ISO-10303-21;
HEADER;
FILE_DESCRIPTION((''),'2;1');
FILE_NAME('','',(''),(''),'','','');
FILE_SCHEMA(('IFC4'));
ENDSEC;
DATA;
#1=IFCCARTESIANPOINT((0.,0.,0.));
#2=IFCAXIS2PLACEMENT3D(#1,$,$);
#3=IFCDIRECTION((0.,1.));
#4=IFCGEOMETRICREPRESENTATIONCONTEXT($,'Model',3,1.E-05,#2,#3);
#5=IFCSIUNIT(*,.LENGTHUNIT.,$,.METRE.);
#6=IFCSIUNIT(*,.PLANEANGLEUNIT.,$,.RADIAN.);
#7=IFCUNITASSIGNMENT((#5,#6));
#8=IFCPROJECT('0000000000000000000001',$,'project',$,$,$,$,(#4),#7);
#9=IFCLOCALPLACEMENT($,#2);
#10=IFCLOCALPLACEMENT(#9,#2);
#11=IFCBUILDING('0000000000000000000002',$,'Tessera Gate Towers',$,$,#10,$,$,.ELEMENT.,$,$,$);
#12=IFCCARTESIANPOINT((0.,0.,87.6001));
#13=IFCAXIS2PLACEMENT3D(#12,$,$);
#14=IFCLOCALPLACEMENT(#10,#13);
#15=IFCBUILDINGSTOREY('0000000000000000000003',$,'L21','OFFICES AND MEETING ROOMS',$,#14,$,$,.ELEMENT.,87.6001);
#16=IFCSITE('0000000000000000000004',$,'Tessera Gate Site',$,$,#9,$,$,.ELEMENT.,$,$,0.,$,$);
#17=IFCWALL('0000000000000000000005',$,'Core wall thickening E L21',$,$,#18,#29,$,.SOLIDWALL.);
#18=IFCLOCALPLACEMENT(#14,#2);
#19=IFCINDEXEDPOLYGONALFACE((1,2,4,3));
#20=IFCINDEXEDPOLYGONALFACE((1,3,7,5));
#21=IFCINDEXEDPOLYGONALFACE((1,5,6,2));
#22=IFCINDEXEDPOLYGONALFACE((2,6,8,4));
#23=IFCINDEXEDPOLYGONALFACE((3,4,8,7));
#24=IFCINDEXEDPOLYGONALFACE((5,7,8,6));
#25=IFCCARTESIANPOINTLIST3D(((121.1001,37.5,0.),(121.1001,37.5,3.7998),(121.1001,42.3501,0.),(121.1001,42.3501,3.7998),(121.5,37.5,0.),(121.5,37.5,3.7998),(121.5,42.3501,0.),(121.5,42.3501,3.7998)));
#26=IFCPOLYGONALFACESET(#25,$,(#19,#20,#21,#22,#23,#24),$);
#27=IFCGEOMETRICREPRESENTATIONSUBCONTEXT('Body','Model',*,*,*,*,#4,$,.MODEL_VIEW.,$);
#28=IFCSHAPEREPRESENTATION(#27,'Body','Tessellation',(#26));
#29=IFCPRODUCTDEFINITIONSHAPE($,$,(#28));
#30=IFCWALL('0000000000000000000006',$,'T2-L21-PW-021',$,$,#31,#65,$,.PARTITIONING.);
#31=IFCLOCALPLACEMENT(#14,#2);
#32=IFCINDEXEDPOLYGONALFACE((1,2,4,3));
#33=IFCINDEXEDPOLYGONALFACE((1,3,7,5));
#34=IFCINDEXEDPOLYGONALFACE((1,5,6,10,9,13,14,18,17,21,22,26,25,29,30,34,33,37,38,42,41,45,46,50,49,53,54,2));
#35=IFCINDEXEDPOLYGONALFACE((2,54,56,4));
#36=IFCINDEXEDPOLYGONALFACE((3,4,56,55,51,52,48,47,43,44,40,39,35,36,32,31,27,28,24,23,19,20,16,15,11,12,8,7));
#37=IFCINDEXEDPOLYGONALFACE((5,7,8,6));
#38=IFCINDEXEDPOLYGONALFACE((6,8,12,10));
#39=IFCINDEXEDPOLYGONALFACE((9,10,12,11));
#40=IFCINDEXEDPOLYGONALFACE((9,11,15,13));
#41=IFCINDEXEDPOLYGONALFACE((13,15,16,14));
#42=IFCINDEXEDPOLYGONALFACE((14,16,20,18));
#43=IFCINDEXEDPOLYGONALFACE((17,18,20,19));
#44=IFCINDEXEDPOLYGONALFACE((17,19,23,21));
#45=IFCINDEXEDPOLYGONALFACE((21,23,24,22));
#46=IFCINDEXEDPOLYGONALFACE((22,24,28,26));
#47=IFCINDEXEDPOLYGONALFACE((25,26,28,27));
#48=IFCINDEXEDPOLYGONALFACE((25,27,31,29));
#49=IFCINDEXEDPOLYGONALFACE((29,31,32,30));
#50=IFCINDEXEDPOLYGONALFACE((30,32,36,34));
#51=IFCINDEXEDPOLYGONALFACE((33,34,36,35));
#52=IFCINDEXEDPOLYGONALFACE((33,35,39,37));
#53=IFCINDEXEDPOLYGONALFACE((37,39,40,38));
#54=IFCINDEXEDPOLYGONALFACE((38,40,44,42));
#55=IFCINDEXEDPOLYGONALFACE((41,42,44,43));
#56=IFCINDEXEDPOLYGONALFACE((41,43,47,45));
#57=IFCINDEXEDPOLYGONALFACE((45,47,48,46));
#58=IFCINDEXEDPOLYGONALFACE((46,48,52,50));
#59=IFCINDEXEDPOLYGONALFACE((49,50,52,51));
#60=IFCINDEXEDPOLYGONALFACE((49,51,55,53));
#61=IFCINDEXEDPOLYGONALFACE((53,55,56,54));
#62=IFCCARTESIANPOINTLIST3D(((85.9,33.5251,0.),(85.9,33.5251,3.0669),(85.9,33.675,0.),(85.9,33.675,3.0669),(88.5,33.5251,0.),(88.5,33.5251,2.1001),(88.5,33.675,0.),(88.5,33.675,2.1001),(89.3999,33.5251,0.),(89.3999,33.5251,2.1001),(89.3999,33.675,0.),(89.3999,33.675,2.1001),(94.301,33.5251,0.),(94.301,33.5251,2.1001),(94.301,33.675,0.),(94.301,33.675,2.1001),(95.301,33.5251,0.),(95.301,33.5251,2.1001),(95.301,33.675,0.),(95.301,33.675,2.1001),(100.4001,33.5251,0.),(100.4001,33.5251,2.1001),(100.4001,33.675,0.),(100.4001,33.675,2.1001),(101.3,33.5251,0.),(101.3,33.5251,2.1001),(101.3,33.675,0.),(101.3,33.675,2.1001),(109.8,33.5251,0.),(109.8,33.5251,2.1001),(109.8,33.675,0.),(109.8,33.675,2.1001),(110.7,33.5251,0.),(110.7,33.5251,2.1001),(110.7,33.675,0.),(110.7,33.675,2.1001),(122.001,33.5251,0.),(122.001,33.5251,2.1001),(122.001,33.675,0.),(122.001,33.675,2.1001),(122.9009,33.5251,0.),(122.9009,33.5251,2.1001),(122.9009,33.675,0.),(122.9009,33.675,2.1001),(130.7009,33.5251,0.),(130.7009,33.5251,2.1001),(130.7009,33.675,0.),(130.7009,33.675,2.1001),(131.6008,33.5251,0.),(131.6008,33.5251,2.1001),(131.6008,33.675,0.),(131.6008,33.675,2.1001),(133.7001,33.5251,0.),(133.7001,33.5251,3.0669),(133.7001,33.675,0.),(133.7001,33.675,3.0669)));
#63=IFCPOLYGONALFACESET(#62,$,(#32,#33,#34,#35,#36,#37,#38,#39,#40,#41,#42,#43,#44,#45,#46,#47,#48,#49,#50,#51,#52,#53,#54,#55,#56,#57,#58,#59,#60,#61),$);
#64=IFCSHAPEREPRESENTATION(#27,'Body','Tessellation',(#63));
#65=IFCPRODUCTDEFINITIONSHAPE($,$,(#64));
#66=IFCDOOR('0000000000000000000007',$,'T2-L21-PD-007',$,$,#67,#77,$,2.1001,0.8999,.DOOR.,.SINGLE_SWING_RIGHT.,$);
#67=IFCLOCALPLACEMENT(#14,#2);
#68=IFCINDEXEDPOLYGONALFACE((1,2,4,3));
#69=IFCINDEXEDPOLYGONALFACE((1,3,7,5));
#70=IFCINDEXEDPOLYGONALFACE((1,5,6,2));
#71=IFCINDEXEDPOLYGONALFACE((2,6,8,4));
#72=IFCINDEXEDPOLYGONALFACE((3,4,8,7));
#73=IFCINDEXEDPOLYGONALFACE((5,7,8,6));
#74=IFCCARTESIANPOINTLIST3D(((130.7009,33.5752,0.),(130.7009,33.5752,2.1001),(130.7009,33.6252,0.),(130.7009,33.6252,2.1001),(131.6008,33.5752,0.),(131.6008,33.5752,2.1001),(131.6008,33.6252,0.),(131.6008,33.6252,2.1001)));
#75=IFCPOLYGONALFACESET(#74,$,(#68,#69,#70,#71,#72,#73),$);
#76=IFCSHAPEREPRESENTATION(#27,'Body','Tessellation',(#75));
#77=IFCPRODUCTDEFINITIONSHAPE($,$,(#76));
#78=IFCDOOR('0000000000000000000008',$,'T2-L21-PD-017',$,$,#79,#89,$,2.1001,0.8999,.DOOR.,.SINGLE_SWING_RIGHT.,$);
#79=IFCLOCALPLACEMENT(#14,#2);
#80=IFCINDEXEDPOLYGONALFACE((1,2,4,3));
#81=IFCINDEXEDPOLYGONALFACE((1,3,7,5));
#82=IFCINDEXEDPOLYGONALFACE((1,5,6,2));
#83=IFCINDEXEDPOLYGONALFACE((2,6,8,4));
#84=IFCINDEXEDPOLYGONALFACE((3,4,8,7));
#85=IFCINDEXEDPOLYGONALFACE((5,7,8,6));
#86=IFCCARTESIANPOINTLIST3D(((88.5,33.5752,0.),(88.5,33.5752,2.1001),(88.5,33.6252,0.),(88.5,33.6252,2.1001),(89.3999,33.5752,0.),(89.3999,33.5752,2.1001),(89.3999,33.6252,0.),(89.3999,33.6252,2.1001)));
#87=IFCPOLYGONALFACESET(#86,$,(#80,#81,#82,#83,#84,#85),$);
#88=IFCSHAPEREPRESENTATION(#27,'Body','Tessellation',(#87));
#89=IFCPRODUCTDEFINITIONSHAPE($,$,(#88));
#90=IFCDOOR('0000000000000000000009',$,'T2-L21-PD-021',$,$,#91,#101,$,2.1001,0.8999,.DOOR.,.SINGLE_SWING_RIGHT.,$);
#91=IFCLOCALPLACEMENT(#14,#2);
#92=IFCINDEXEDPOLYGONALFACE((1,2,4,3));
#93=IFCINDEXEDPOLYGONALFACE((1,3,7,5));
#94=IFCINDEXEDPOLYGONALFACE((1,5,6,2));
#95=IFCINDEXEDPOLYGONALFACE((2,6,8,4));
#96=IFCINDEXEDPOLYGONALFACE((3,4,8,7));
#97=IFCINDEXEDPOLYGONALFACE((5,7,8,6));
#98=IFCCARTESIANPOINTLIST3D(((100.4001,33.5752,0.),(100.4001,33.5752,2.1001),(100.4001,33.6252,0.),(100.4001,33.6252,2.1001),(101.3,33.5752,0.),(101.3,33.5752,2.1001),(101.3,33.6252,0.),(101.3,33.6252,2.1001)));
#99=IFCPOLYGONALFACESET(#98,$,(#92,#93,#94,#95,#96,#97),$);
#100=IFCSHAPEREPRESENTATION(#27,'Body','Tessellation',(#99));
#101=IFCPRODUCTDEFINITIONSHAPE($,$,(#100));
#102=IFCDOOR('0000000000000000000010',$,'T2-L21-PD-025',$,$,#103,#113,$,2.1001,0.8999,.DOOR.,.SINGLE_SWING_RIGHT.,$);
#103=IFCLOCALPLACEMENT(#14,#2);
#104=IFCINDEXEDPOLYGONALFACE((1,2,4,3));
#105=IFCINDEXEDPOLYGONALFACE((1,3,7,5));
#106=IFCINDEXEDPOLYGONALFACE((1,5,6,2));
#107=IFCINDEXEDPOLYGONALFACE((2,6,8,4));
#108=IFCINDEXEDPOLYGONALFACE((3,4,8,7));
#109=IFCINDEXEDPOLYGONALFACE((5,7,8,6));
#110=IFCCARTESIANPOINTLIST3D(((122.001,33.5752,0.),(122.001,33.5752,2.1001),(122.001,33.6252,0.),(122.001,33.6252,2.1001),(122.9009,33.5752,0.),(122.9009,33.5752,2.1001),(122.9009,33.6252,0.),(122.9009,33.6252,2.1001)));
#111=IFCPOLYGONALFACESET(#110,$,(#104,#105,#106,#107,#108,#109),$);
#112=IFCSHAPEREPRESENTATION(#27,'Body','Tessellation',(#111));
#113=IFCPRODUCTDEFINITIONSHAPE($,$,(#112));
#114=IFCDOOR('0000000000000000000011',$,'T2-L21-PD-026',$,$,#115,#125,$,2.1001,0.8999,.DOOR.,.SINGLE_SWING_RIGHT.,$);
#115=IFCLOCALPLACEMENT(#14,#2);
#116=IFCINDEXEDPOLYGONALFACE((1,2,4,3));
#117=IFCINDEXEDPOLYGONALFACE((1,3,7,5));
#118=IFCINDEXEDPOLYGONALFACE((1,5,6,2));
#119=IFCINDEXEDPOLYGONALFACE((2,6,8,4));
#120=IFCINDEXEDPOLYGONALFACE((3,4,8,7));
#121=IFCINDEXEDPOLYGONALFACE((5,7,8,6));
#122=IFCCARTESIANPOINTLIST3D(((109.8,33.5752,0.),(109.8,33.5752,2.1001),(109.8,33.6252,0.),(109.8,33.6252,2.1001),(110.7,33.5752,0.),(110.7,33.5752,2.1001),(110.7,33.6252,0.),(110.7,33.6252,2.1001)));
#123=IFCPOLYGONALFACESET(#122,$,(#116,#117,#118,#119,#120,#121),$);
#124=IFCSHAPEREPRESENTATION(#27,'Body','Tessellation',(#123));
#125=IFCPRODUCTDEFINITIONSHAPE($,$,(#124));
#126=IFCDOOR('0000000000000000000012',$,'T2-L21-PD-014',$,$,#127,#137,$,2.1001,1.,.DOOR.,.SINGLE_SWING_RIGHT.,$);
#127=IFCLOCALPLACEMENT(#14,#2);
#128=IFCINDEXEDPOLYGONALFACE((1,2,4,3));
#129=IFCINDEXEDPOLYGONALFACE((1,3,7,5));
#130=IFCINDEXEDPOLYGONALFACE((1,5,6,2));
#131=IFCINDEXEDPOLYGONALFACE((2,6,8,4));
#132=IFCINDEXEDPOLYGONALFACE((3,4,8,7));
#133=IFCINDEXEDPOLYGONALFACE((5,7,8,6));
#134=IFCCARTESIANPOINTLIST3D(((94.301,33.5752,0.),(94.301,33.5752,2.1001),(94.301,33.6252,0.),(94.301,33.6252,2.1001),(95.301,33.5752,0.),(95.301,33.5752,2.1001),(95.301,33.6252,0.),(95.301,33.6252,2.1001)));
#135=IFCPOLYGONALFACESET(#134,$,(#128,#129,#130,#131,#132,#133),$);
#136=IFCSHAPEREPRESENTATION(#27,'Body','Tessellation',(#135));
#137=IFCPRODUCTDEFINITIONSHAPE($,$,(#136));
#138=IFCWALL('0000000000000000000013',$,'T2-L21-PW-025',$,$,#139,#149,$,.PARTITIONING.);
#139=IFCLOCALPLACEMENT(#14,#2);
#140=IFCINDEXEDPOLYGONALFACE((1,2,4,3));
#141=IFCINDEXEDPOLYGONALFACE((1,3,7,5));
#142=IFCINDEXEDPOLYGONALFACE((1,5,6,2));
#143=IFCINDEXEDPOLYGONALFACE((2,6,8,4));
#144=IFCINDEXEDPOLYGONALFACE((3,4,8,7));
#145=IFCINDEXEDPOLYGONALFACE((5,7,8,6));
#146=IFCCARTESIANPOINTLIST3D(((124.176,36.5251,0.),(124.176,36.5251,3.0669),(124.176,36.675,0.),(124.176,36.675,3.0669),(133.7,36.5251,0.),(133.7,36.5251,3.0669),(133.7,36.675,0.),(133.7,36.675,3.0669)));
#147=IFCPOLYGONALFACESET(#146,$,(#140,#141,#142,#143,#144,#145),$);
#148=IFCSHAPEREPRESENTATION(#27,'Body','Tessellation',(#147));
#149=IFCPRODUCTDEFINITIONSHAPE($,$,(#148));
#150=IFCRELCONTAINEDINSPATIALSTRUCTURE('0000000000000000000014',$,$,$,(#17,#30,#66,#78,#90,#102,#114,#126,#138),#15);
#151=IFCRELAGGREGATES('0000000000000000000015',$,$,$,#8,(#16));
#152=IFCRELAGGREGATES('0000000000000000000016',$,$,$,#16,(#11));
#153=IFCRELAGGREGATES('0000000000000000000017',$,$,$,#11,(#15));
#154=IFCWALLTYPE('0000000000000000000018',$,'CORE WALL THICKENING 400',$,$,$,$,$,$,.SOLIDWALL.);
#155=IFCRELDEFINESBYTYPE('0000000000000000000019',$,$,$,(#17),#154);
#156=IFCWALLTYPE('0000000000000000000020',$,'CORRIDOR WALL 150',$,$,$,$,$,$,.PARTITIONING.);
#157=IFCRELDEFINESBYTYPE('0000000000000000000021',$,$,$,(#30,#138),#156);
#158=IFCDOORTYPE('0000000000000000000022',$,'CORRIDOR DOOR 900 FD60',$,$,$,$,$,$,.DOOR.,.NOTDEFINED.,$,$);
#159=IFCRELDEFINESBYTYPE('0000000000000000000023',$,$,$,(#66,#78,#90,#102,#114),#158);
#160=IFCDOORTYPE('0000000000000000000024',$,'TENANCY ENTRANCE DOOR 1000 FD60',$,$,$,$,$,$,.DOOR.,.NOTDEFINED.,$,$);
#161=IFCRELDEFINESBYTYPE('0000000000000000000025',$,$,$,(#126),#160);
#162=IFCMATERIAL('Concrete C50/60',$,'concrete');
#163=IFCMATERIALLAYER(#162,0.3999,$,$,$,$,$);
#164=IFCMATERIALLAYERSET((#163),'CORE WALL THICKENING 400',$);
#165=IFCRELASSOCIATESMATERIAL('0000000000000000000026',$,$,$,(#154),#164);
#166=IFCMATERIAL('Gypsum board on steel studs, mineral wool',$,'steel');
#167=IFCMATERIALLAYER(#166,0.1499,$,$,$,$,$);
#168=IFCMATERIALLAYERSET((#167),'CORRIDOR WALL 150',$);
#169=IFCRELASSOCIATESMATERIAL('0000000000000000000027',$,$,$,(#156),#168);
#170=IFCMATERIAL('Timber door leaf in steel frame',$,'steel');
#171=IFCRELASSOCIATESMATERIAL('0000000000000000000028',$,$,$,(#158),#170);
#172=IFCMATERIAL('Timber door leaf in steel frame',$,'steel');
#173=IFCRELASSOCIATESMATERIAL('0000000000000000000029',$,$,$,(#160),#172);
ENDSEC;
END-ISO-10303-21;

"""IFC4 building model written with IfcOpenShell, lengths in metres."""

from ifc_helpers import new_model, si_unit, direction, frame, frame_2d, origin, place, context, subcontext, project, spatial, rectangle, extrude, source, transform, mapped, material, layer, layer_set, type_object, element, fill, save


model = new_model("IFC4")

# Units and contexts
model_context = context("Model", 3, precision=1e-05, world=origin(), true_north=direction((0.0, 1.0)))
body_context = subcontext(model_context, "Body", "Model", "MODEL_VIEW")
ifc_project = project(units=[si_unit("LENGTHUNIT", "METRE"), si_unit("PLANEANGLEUNIT", "RADIAN")], contexts=[model_context])

# Site, building, storey
site_placement = place(None, origin())
site = spatial("IfcSite", under=ifc_project, at=site_placement, Name="Tessera Gate Site", CompositionType="ELEMENT", RefElevation=0.0)
building_placement = place(site_placement, origin())
building = spatial("IfcBuilding", under=site, at=building_placement, Name="Tessera Gate Towers", CompositionType="ELEMENT")
storey_placement = place(building_placement, frame((0.0, 0.0, 87.6001)))
storey = spatial("IfcBuildingStorey", under=building, at=storey_placement, Name="L21", Description="OFFICES AND MEETING ROOMS", CompositionType="ELEMENT", Elevation=87.6001)

# Wall
ifc_material_1 = material(Name="Concrete C50/60", Category="concrete")
ifc_layer_1 = layer(ifc_material_1, 0.3999)
ifc_layer_set_1 = layer_set([ifc_layer_1], Name="CORE WALL THICKENING 400")
wall_type_1 = type_object("IfcWallType", Name="CORE WALL THICKENING 400", PredefinedType="SOLIDWALL", material=ifc_layer_set_1)
wall_1_placement = place(storey_placement, frame((121.3, 37.5, 0.0), z_axis=(0.0, 0.0, 1.0), x_axis=(0.0, 1.0, 0.0)))
element("IfcWall", 1, at=wall_1_placement, inside=storey, type_object=wall_type_1, Name="Core wall thickening E L21", PredefinedType="SOLIDWALL", context=body_context, shape_type="SweptSolid", body=[
    extrude(rectangle(XDim=4.8501, YDim=0.3999, at=frame_2d((2.425, 0.0))), origin(), (0.0, 0.0, 1.0), 3.7998),
])

# Wall, openings, doors
ifc_material_2 = material(Name="Gypsum board on steel studs, mineral wool", Category="steel")
ifc_layer_2 = layer(ifc_material_2, 0.1499)
ifc_layer_set_2 = layer_set([ifc_layer_2], Name="CORRIDOR WALL 150")
wall_type_2 = type_object("IfcWallType", Name="CORRIDOR WALL 150", PredefinedType="PARTITIONING", material=ifc_layer_set_2)
wall_2_placement = place(storey_placement, frame((133.7, 33.6001, 0.0), z_axis=(0.0, 0.0, 1.0), x_axis=(-1.0, 0.0, 0.0)))
wall_2 = element("IfcWall", 2, at=wall_2_placement, inside=storey, type_object=wall_type_2, Name="T2-L21-PW-021", PredefinedType="PARTITIONING", context=body_context, shape_type="SweptSolid", body=[
    extrude(rectangle(XDim=47.8, YDim=0.1499, at=frame_2d((23.8999, 0.0))), origin(), (0.0, 0.0, 1.0), 3.0669),
])
shared_shape_1 = source(origin(), body_context, "Body", "SweptSolid", [
    extrude(rectangle(XDim=0.8999, YDim=2.1001, at=frame_2d((0.45, 1.05))), frame((0.0, 0.085, 0.0), z_axis=(0.0, -1.0, 0.0), x_axis=(1.0, 0.0, 0.0)), (0.0, 0.0, 1.0), 0.1699),
])
opening_1_placement = place(wall_2_placement, frame((2.0991, 0.0, 0.0)))
opening_1 = element("IfcOpeningElement", 3, at=opening_1_placement, cuts=wall_2, PredefinedType="OPENING", context=body_context, shape_type="MappedRepresentation", body=[
    mapped(shared_shape_1, transform((0.0, 0.0, 0.0), scale=1.0)),
])
shared_shape_2 = source(origin(), body_context, "Body", "SweptSolid", [
    extrude(rectangle(XDim=1.0, YDim=2.1001, at=frame_2d((0.5, 1.05))), frame((0.0, 0.085, 0.0), z_axis=(0.0, -1.0, 0.0), x_axis=(1.0, 0.0, 0.0)), (0.0, 0.0, 1.0), 0.1699),
])
opening_2_placement = place(wall_2_placement, frame((38.3989, 0.0, 0.0)))
opening_2 = element("IfcOpeningElement", 4, at=opening_2_placement, cuts=wall_2, PredefinedType="OPENING", context=body_context, shape_type="MappedRepresentation", body=[
    mapped(shared_shape_2, transform((0.0, 0.0, 0.0), scale=1.0)),
])
opening_3_placement = place(wall_2_placement, frame((44.3, 0.0, 0.0)))
opening_3 = element("IfcOpeningElement", 5, at=opening_3_placement, cuts=wall_2, PredefinedType="OPENING", context=body_context, shape_type="MappedRepresentation", body=[
    mapped(shared_shape_1, transform((0.0, 0.0, 0.0), scale=1.0)),
])
opening_4_placement = place(wall_2_placement, frame((32.3999, 0.0, 0.0)))
opening_4 = element("IfcOpeningElement", 6, at=opening_4_placement, cuts=wall_2, PredefinedType="OPENING", context=body_context, shape_type="MappedRepresentation", body=[
    mapped(shared_shape_1, transform((0.0, 0.0, 0.0), scale=1.0)),
])
opening_5_placement = place(wall_2_placement, frame((10.7991, 0.0, 0.0)))
opening_5 = element("IfcOpeningElement", 7, at=opening_5_placement, cuts=wall_2, PredefinedType="OPENING", context=body_context, shape_type="MappedRepresentation", body=[
    mapped(shared_shape_1, transform((0.0, 0.0, 0.0), scale=1.0)),
])
opening_6_placement = place(wall_2_placement, frame((23.0, 0.0, 0.0)))
opening_6 = element("IfcOpeningElement", 8, at=opening_6_placement, cuts=wall_2, PredefinedType="OPENING", context=body_context, shape_type="MappedRepresentation", body=[
    mapped(shared_shape_1, transform((0.0, 0.0, 0.0), scale=1.0)),
])
ifc_material_3 = material(Name="Timber door leaf in steel frame", Category="steel")
door_type_1 = type_object("IfcDoorType", Name="CORRIDOR DOOR 900 FD60", OperationType="NOTDEFINED", PredefinedType="DOOR", material=ifc_material_3)
shared_shape_3 = source(origin(), body_context, "Body", "SweptSolid", [
    extrude(rectangle(XDim=0.8999, YDim=2.1001, at=frame_2d((0.45, 1.05))), frame((0.0, 0.0249, 0.0), z_axis=(0.0, -1.0, 0.0), x_axis=(1.0, 0.0, 0.0)), (0.0, 0.0, 1.0), 0.05),
])
door_1_placement = place(opening_1_placement, origin())
door_1 = element("IfcDoor", 9, at=door_1_placement, inside=storey, type_object=door_type_1, Name="T2-L21-PD-007", OperationType="SINGLE_SWING_RIGHT", OverallHeight=2.1001, OverallWidth=0.8999, PredefinedType="DOOR", context=body_context, shape_type="MappedRepresentation", body=[
    mapped(shared_shape_3, transform((0.0, 0.0, 0.0), scale=1.0)),
])
fill(opening_1, door_1)
door_2_placement = place(opening_3_placement, origin())
door_2 = element("IfcDoor", 10, at=door_2_placement, inside=storey, type_object=door_type_1, Name="T2-L21-PD-017", OperationType="SINGLE_SWING_RIGHT", OverallHeight=2.1001, OverallWidth=0.8999, PredefinedType="DOOR", context=body_context, shape_type="MappedRepresentation", body=[
    mapped(shared_shape_3, transform((0.0, 0.0, 0.0), scale=1.0)),
])
fill(opening_3, door_2)
door_3_placement = place(opening_4_placement, origin())
door_3 = element("IfcDoor", 11, at=door_3_placement, inside=storey, type_object=door_type_1, Name="T2-L21-PD-021", OperationType="SINGLE_SWING_RIGHT", OverallHeight=2.1001, OverallWidth=0.8999, PredefinedType="DOOR", context=body_context, shape_type="MappedRepresentation", body=[
    mapped(shared_shape_3, transform((0.0, 0.0, 0.0), scale=1.0)),
])
fill(opening_4, door_3)
door_4_placement = place(opening_5_placement, origin())
door_4 = element("IfcDoor", 12, at=door_4_placement, inside=storey, type_object=door_type_1, Name="T2-L21-PD-025", OperationType="SINGLE_SWING_RIGHT", OverallHeight=2.1001, OverallWidth=0.8999, PredefinedType="DOOR", context=body_context, shape_type="MappedRepresentation", body=[
    mapped(shared_shape_3, transform((0.0, 0.0, 0.0), scale=1.0)),
])
fill(opening_5, door_4)
door_5_placement = place(opening_6_placement, origin())
door_5 = element("IfcDoor", 13, at=door_5_placement, inside=storey, type_object=door_type_1, Name="T2-L21-PD-026", OperationType="SINGLE_SWING_RIGHT", OverallHeight=2.1001, OverallWidth=0.8999, PredefinedType="DOOR", context=body_context, shape_type="MappedRepresentation", body=[
    mapped(shared_shape_3, transform((0.0, 0.0, 0.0), scale=1.0)),
])
fill(opening_6, door_5)
ifc_material_4 = material(Name="Timber door leaf in steel frame", Category="steel")
door_type_2 = type_object("IfcDoorType", Name="TENANCY ENTRANCE DOOR 1000 FD60", OperationType="NOTDEFINED", PredefinedType="DOOR", material=ifc_material_4)
shared_shape_4 = source(origin(), body_context, "Body", "SweptSolid", [
    extrude(rectangle(XDim=1.0, YDim=2.1001, at=frame_2d((0.5, 1.05))), frame((0.0, 0.0249, 0.0), z_axis=(0.0, -1.0, 0.0), x_axis=(1.0, 0.0, 0.0)), (0.0, 0.0, 1.0), 0.05),
])
door_6_placement = place(opening_2_placement, origin())
door_6 = element("IfcDoor", 14, at=door_6_placement, inside=storey, type_object=door_type_2, Name="T2-L21-PD-014", OperationType="SINGLE_SWING_RIGHT", OverallHeight=2.1001, OverallWidth=1.0, PredefinedType="DOOR", context=body_context, shape_type="MappedRepresentation", body=[
    mapped(shared_shape_4, transform((0.0, 0.0, 0.0), scale=1.0)),
])
fill(opening_2, door_6)

# Wall
wall_3_placement = place(storey_placement, frame((124.176, 36.6001, 0.0), z_axis=(0.0, 0.0, 1.0), x_axis=(1.0, 0.0, 0.0)))
element("IfcWall", 15, at=wall_3_placement, inside=storey, type_object=wall_type_2, Name="T2-L21-PW-025", PredefinedType="PARTITIONING", context=body_context, shape_type="SweptSolid", body=[
    extrude(rectangle(XDim=9.5239, YDim=0.1499, at=frame_2d((4.762, 0.0))), origin(), (0.0, 0.0, 1.0), 3.0669),
])

save(model, "model.ifc")
